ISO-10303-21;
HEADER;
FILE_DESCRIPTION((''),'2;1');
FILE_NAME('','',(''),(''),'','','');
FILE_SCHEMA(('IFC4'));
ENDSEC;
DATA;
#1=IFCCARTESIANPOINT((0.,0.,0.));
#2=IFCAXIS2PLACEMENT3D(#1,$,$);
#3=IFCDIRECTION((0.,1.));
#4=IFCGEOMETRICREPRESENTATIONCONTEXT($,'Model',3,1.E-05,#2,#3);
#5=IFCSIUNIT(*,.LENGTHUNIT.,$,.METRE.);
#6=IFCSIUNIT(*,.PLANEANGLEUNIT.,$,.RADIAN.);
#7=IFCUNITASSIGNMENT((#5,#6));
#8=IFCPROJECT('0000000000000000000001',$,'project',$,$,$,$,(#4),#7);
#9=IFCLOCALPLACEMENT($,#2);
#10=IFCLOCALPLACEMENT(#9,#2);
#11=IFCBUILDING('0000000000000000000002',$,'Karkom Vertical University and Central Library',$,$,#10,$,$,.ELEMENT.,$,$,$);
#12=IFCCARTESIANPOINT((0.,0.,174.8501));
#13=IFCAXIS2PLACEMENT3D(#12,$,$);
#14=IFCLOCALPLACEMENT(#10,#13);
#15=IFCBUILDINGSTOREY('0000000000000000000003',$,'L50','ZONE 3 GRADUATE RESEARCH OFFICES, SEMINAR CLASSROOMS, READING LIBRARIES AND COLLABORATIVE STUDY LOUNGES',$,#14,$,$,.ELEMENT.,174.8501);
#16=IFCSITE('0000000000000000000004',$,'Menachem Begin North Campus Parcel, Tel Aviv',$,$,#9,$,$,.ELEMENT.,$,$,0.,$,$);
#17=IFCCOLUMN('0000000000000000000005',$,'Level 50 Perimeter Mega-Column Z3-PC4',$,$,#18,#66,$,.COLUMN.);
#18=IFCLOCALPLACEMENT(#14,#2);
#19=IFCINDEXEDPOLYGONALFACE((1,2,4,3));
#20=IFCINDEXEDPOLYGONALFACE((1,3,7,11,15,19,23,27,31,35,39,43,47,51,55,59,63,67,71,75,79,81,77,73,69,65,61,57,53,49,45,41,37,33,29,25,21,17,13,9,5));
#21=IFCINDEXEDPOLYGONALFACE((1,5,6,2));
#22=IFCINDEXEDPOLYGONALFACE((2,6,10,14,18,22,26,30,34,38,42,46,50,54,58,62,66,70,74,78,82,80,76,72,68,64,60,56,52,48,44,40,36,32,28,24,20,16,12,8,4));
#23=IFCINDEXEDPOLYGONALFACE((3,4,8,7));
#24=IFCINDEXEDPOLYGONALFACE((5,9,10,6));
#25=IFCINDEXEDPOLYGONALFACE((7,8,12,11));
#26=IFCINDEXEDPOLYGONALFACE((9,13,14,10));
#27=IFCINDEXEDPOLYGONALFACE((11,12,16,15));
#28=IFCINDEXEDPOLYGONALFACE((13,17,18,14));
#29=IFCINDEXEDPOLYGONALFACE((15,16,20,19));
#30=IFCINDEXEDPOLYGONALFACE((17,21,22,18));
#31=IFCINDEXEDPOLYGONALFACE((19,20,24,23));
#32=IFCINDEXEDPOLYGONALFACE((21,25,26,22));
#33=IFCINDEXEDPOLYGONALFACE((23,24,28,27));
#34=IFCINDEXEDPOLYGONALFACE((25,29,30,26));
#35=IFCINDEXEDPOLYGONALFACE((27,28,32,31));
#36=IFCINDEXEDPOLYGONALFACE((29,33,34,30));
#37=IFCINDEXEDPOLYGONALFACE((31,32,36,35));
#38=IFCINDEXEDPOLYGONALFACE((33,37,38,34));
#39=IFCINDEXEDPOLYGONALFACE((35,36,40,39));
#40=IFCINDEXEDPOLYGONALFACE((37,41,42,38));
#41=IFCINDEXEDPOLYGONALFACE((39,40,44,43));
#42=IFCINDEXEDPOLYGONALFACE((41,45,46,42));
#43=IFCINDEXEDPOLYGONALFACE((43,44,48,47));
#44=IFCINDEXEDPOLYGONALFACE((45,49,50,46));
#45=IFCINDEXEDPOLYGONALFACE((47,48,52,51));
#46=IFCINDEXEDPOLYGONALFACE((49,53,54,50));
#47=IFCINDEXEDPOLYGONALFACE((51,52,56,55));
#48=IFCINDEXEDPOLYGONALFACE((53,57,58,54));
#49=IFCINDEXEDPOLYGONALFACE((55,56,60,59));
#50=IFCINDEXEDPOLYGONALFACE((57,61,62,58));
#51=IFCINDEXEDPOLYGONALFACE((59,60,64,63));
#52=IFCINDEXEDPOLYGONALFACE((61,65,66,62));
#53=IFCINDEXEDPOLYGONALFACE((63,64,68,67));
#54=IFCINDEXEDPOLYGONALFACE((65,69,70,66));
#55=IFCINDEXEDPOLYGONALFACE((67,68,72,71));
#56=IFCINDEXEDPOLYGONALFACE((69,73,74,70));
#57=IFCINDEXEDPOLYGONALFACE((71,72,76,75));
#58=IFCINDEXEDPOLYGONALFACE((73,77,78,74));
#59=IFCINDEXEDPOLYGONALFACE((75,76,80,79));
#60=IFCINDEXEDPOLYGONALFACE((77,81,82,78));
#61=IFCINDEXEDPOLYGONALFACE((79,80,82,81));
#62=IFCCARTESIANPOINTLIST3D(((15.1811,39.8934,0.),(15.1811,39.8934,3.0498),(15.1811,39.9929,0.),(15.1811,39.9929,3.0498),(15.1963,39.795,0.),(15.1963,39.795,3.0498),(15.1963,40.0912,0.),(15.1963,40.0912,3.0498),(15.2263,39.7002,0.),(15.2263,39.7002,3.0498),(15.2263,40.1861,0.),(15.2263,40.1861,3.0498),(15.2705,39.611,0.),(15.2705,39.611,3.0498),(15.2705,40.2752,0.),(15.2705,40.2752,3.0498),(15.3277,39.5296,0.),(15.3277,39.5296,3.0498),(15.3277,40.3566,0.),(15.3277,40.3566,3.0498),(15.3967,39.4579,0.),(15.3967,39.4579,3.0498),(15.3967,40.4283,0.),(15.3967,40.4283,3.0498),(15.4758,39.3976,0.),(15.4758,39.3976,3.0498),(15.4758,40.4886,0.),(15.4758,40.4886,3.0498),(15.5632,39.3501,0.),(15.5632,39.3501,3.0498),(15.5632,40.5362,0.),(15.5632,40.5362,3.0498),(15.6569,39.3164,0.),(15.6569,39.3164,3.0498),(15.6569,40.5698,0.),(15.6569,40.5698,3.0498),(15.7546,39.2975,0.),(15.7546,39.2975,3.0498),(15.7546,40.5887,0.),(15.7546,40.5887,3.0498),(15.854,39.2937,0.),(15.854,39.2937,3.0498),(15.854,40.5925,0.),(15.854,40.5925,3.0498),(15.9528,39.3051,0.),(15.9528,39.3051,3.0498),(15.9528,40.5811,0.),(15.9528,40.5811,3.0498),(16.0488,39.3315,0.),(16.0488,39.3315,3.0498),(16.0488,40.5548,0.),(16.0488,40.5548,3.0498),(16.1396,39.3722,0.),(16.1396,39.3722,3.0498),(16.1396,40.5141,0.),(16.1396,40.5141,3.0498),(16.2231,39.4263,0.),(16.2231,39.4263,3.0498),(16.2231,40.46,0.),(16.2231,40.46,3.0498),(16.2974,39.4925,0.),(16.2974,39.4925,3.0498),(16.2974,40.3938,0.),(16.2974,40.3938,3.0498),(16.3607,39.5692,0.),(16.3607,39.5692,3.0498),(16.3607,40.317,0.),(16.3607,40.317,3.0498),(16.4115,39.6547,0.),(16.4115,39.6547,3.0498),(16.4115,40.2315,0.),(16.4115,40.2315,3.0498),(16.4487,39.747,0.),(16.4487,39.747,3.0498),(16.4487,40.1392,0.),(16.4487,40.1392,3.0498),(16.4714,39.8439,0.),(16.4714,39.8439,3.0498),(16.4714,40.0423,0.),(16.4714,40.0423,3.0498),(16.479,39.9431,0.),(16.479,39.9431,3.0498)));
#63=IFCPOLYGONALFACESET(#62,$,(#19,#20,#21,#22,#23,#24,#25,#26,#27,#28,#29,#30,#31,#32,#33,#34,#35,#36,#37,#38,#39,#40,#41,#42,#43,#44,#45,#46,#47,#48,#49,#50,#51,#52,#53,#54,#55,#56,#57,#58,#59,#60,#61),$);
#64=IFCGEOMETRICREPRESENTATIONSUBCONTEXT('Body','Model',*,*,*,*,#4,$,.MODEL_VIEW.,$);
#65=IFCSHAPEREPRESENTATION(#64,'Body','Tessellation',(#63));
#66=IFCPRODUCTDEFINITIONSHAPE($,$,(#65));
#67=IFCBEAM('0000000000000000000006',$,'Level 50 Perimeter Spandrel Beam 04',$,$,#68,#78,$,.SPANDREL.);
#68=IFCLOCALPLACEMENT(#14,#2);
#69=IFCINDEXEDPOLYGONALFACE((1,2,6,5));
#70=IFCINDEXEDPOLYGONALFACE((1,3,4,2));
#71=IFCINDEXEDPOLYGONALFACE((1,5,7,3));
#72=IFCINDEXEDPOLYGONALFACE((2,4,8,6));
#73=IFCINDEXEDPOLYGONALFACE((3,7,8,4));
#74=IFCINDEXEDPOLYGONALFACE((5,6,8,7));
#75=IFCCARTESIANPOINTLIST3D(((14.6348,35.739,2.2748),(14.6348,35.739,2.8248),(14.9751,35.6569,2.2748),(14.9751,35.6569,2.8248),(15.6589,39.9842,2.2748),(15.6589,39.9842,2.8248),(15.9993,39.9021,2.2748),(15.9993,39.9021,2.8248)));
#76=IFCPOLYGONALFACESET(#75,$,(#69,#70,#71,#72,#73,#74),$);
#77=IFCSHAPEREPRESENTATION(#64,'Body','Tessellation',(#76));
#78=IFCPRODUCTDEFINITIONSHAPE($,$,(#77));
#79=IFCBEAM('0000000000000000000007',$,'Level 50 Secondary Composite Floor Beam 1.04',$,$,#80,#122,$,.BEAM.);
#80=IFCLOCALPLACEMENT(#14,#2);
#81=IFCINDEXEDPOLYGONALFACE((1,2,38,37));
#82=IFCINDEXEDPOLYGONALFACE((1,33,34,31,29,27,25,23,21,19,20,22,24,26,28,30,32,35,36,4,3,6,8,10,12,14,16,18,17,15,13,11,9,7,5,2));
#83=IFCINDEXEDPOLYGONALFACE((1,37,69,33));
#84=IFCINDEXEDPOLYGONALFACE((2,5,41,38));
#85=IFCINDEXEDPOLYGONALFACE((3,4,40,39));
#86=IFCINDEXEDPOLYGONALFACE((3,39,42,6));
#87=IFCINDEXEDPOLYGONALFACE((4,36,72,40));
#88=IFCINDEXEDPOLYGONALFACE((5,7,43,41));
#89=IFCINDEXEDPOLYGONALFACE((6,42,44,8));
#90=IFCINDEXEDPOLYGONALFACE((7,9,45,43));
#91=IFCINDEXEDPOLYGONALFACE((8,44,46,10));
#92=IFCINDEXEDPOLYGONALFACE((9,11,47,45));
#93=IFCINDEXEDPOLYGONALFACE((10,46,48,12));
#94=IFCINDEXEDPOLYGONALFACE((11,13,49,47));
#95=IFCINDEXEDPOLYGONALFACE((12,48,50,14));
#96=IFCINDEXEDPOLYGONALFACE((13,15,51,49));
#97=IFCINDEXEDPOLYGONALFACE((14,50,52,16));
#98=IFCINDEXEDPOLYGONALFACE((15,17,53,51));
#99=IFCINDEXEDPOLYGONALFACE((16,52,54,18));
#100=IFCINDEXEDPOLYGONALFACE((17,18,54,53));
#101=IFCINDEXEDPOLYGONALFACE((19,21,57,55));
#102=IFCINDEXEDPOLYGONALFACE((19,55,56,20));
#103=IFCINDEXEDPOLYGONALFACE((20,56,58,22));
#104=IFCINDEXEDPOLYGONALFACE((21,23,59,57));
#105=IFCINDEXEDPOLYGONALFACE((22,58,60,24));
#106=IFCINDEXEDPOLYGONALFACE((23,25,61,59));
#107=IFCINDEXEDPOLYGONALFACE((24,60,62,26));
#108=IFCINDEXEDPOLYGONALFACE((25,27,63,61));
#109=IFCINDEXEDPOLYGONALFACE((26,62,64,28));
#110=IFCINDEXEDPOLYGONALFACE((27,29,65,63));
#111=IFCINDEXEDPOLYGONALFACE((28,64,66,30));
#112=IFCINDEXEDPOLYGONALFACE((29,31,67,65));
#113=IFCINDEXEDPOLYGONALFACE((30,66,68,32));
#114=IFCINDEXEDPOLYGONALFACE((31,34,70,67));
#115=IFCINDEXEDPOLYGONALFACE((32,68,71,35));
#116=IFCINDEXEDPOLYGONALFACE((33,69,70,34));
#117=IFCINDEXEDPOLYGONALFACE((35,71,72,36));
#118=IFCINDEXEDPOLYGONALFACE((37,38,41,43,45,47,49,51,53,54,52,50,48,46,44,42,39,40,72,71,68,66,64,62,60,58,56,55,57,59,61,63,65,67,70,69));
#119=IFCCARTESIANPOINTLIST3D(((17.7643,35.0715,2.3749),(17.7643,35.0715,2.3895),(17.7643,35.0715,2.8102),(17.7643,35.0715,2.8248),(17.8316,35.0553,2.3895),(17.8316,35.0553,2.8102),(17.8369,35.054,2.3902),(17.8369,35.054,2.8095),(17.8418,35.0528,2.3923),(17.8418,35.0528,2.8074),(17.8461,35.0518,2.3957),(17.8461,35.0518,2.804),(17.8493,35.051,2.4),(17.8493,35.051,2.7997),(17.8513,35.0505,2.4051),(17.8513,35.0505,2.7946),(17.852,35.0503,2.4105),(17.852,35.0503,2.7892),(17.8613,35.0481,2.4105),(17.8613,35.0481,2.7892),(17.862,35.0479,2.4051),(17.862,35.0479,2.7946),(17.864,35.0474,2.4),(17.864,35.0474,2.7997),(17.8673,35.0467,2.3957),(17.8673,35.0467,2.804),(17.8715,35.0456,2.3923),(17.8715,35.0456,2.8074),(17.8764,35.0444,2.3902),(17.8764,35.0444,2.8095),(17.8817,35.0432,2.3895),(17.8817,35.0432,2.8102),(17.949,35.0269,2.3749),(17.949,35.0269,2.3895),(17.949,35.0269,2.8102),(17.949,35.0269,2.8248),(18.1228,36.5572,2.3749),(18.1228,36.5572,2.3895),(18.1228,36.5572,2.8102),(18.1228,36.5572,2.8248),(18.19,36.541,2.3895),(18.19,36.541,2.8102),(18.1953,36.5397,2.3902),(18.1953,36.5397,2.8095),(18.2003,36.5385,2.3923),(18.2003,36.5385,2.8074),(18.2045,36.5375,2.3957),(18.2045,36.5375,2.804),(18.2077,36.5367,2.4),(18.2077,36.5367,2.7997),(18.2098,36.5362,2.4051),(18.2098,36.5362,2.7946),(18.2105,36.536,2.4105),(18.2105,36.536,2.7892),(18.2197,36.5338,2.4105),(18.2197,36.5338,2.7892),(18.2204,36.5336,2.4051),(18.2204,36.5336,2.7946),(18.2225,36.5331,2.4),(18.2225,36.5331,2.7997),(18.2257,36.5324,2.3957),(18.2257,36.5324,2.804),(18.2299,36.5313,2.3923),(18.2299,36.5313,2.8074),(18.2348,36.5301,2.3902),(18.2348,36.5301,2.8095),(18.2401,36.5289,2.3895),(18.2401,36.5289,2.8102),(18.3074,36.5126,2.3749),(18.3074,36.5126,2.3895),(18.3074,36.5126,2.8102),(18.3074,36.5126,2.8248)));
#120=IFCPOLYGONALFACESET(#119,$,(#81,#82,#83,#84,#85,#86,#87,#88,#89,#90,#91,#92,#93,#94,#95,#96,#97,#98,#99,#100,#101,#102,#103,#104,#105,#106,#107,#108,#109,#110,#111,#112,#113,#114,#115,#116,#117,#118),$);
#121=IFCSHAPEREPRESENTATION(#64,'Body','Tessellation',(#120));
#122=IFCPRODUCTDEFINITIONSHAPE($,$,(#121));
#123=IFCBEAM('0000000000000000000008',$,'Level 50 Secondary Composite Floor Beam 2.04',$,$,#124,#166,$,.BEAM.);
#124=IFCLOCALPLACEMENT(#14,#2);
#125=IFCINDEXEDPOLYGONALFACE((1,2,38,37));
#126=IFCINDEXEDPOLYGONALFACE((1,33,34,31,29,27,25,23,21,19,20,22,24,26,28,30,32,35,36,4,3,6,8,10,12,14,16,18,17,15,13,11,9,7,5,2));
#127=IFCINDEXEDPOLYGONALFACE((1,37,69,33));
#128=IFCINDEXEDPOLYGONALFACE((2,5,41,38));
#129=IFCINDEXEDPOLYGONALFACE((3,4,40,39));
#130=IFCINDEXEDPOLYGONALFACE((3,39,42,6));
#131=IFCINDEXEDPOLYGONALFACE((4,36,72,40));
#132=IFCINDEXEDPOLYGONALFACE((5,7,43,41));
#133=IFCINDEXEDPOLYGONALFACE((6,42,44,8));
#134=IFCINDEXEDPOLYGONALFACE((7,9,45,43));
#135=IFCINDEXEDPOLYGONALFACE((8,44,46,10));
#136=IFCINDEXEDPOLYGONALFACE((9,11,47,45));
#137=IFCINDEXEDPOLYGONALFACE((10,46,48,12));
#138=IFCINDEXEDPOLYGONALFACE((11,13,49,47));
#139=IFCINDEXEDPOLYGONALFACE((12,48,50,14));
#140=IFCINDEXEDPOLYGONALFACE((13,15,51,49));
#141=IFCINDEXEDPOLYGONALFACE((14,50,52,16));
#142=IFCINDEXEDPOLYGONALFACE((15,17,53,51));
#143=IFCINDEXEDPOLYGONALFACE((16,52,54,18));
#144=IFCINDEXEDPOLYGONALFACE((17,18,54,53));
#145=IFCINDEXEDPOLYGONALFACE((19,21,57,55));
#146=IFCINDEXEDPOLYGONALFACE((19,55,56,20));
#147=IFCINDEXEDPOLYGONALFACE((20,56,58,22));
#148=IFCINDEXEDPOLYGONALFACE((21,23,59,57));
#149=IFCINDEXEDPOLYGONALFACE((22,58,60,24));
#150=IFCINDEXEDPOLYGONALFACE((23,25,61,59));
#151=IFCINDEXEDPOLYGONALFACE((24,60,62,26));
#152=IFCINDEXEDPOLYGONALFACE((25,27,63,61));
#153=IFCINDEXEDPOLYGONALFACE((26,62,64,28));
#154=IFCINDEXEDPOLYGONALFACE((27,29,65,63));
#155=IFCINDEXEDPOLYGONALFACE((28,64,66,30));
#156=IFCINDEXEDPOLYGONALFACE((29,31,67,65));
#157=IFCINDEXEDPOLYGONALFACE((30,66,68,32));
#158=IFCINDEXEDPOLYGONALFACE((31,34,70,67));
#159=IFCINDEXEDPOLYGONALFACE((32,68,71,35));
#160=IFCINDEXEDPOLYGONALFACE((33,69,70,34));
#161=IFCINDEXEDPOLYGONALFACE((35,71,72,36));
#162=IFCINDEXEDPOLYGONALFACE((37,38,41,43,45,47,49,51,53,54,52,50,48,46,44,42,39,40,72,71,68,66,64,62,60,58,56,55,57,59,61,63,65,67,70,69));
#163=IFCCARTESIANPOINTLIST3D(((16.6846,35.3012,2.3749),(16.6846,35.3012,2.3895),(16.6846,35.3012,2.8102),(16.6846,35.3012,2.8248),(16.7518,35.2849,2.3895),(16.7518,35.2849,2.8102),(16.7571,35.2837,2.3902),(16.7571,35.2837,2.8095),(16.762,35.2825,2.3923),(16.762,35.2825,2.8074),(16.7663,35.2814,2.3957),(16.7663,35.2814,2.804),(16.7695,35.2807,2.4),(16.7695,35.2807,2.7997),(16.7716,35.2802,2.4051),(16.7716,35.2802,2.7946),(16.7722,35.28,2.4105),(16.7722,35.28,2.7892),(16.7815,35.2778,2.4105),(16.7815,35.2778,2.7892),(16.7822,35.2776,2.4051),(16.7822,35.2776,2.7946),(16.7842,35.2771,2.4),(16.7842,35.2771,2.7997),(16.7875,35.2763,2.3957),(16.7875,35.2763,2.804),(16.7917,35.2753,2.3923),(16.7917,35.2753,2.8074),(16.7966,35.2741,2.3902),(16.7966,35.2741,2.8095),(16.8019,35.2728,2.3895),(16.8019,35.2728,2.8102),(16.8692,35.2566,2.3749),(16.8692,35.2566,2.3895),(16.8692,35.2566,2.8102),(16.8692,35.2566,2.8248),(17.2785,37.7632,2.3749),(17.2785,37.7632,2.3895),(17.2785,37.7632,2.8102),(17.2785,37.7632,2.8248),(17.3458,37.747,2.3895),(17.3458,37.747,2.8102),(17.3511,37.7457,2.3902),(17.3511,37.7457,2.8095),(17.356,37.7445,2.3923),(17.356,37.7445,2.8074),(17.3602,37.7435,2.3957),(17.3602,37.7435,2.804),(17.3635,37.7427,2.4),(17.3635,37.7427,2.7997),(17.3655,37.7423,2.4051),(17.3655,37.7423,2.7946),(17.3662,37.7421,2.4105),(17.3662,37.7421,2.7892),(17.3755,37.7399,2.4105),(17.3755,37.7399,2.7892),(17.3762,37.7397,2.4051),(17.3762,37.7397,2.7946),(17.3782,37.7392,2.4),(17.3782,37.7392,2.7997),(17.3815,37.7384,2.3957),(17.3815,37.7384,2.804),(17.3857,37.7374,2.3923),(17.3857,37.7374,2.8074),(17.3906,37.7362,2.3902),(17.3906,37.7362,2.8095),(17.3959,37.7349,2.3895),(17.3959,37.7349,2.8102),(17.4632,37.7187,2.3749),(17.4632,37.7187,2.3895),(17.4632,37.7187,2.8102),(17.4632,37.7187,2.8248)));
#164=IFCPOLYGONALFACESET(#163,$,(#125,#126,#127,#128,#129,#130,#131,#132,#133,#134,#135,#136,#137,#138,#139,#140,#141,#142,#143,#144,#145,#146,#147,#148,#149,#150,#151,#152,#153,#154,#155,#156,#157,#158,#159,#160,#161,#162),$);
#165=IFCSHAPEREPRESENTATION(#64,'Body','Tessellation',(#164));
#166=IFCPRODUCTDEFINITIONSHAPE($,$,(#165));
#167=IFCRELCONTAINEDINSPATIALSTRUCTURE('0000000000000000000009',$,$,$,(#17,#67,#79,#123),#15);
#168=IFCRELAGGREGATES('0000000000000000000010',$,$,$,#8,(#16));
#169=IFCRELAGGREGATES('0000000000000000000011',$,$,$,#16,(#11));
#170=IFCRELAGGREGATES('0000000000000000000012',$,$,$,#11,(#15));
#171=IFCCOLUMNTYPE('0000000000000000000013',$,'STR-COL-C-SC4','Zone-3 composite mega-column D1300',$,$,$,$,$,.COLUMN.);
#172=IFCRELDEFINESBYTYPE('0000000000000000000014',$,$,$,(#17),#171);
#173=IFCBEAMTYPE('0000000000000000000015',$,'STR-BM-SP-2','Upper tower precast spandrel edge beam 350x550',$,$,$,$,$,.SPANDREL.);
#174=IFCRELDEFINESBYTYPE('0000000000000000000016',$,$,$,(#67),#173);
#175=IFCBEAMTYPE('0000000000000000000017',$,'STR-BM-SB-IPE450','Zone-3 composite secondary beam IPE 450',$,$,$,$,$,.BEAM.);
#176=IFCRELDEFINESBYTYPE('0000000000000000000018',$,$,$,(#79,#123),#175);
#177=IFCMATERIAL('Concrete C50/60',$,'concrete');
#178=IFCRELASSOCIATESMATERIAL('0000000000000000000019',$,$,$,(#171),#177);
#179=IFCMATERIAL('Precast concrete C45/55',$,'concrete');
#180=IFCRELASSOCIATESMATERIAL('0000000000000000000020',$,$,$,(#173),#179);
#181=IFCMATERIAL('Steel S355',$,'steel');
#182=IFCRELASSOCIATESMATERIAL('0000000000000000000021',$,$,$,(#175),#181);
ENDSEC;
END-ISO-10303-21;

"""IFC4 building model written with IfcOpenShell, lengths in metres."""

from ifc_helpers import new_model, si_unit, direction, frame, origin, origin_with_axes, origin_2d, place, context, subcontext, project, spatial, rectangle, circle, i_section, extrude, source, transform, mapped, material, material_profile, profile_set, type_object, element, save


model = new_model("IFC4")

# Units and contexts
model_context = context("Model", 3, precision=1e-05, world=origin(), true_north=direction((0.0, 1.0)))
body_context = subcontext(model_context, "Body", "Model", "MODEL_VIEW")
ifc_project = project(units=[si_unit("LENGTHUNIT", "METRE"), si_unit("PLANEANGLEUNIT", "RADIAN")], contexts=[model_context])

# Site, building, storey
site_placement = place(None, origin())
site = spatial("IfcSite", under=ifc_project, at=site_placement, Name="Menachem Begin North Campus Parcel, Tel Aviv", CompositionType="ELEMENT", RefElevation=0.0)
building_placement = place(site_placement, origin())
building = spatial("IfcBuilding", under=site, at=building_placement, Name="Karkom Vertical University and Central Library", CompositionType="ELEMENT")
storey_placement = place(building_placement, frame((0.0, 0.0, 174.8501)))
storey = spatial("IfcBuildingStorey", under=building, at=storey_placement, Name="L50", Description="ZONE 3 GRADUATE RESEARCH OFFICES, SEMINAR CLASSROOMS, READING LIBRARIES AND COLLABORATIVE STUDY LOUNGES", CompositionType="ELEMENT", Elevation=174.8501)

# Column
ifc_material_1 = material(Name="Concrete C50/60", Category="concrete")
ifc_material_profile_1 = material_profile(ifc_material_1, circle(Radius=0.6499, at=origin_2d()), Name="CFT-D1300")
ifc_profile_set_1 = profile_set([ifc_material_profile_1], Name="Concrete C50/60")
column_type = type_object("IfcColumnType", Name="STR-COL-C-SC4", Description="Zone-3 composite mega-column D1300", PredefinedType="COLUMN", material=ifc_profile_set_1)
shared_shape_1 = source(origin_with_axes(), body_context, "Body", "SweptSolid", [
    extrude(circle(Radius=0.6499, at=origin_2d()), origin(), (0.0, 0.0, 1.0), 3.0498),
])
column_placement = place(storey_placement, frame((15.8291, 39.9431, 0.0), z_axis=(0.0, 0.0, 1.0), x_axis=(1.0, 0.0, 0.0)))
element("IfcColumn", 1, at=column_placement, inside=storey, type_object=column_type, Name="Level 50 Perimeter Mega-Column Z3-PC4", PredefinedType="COLUMN", context=body_context, shape_type="MappedRepresentation", body=[
    mapped(shared_shape_1, transform((0.0, 0.0, 0.0), scale=1.0)),
])

# Beams
ifc_material_2 = material(Name="Precast concrete C45/55", Category="concrete")
ifc_material_profile_2 = material_profile(ifc_material_2, rectangle(XDim=0.3501, YDim=0.55, at=origin_2d()), Name="SPB-350x550")
ifc_profile_set_2 = profile_set([ifc_material_profile_2], Name="Precast concrete C45/55")
beam_type_1 = type_object("IfcBeamType", Name="STR-BM-SP-2", Description="Upper tower precast spandrel edge beam 350x550", PredefinedType="SPANDREL", material=ifc_profile_set_2)
shared_shape_2 = source(origin_with_axes(), body_context, "Body", "SweptSolid", [
    extrude(rectangle(XDim=0.3501, YDim=0.55, at=origin_2d()), origin(), (0.0, 0.0, 1.0), 4.3669),
])
beam_1_placement = place(storey_placement, frame((15.8291, 39.9431, 2.5498), z_axis=(-0.234529, -0.972109, 0.0), x_axis=(0.972109, -0.234529, 0.0)))
element("IfcBeam", 2, at=beam_1_placement, inside=storey, type_object=beam_type_1, Name="Level 50 Perimeter Spandrel Beam 04", PredefinedType="SPANDREL", context=body_context, shape_type="MappedRepresentation", body=[
    mapped(shared_shape_2, transform((0.0, 0.0, 0.0), scale=1.0)),
])
ifc_material_3 = material(Name="Steel S355", Category="steel")
ifc_material_profile_3 = material_profile(ifc_material_3, i_section(OverallWidth=0.1899, OverallDepth=0.45, WebThickness=0.0095, FlangeThickness=0.0146, FilletRadius=0.021, at=origin_2d()), Name="IPE 450")
ifc_profile_set_3 = profile_set([ifc_material_profile_3], Name="Steel S355")
beam_type_2 = type_object("IfcBeamType", Name="STR-BM-SB-IPE450", Description="Zone-3 composite secondary beam IPE 450", PredefinedType="BEAM", material=ifc_profile_set_3)
shared_shape_3 = source(origin_with_axes(), body_context, "Body", "SweptSolid", [
    extrude(i_section(OverallWidth=0.1899, OverallDepth=0.45, WebThickness=0.0095, FlangeThickness=0.0146, FilletRadius=0.021, at=origin_2d()), origin(), (0.0, 0.0, 1.0), 1.5283),
])
beam_2_placement = place(storey_placement, frame((18.2151, 36.5349, 2.5999), z_axis=(-0.234521, -0.972111, 0.0), x_axis=(0.972111, -0.234521, 0.0)))
element("IfcBeam", 3, at=beam_2_placement, inside=storey, type_object=beam_type_2, Name="Level 50 Secondary Composite Floor Beam 1.04", PredefinedType="BEAM", context=body_context, shape_type="MappedRepresentation", body=[
    mapped(shared_shape_3, transform((0.0, 0.0, 0.0), scale=1.0)),
])
shared_shape_4 = source(origin_with_axes(), body_context, "Body", "SweptSolid", [
    extrude(i_section(OverallWidth=0.1899, OverallDepth=0.45, WebThickness=0.0095, FlangeThickness=0.0146, FilletRadius=0.021, at=origin_2d()), origin(), (0.0, 0.0, 1.0), 2.5327),
])
beam_3_placement = place(storey_placement, frame((17.3708, 37.741, 2.5999), z_axis=(-0.234521, -0.972111, 0.0), x_axis=(0.972111, -0.234521, 0.0)))
element("IfcBeam", 4, at=beam_3_placement, inside=storey, type_object=beam_type_2, Name="Level 50 Secondary Composite Floor Beam 2.04", PredefinedType="BEAM", context=body_context, shape_type="MappedRepresentation", body=[
    mapped(shared_shape_4, transform((0.0, 0.0, 0.0), scale=1.0)),
])

save(model, "model.ifc")
